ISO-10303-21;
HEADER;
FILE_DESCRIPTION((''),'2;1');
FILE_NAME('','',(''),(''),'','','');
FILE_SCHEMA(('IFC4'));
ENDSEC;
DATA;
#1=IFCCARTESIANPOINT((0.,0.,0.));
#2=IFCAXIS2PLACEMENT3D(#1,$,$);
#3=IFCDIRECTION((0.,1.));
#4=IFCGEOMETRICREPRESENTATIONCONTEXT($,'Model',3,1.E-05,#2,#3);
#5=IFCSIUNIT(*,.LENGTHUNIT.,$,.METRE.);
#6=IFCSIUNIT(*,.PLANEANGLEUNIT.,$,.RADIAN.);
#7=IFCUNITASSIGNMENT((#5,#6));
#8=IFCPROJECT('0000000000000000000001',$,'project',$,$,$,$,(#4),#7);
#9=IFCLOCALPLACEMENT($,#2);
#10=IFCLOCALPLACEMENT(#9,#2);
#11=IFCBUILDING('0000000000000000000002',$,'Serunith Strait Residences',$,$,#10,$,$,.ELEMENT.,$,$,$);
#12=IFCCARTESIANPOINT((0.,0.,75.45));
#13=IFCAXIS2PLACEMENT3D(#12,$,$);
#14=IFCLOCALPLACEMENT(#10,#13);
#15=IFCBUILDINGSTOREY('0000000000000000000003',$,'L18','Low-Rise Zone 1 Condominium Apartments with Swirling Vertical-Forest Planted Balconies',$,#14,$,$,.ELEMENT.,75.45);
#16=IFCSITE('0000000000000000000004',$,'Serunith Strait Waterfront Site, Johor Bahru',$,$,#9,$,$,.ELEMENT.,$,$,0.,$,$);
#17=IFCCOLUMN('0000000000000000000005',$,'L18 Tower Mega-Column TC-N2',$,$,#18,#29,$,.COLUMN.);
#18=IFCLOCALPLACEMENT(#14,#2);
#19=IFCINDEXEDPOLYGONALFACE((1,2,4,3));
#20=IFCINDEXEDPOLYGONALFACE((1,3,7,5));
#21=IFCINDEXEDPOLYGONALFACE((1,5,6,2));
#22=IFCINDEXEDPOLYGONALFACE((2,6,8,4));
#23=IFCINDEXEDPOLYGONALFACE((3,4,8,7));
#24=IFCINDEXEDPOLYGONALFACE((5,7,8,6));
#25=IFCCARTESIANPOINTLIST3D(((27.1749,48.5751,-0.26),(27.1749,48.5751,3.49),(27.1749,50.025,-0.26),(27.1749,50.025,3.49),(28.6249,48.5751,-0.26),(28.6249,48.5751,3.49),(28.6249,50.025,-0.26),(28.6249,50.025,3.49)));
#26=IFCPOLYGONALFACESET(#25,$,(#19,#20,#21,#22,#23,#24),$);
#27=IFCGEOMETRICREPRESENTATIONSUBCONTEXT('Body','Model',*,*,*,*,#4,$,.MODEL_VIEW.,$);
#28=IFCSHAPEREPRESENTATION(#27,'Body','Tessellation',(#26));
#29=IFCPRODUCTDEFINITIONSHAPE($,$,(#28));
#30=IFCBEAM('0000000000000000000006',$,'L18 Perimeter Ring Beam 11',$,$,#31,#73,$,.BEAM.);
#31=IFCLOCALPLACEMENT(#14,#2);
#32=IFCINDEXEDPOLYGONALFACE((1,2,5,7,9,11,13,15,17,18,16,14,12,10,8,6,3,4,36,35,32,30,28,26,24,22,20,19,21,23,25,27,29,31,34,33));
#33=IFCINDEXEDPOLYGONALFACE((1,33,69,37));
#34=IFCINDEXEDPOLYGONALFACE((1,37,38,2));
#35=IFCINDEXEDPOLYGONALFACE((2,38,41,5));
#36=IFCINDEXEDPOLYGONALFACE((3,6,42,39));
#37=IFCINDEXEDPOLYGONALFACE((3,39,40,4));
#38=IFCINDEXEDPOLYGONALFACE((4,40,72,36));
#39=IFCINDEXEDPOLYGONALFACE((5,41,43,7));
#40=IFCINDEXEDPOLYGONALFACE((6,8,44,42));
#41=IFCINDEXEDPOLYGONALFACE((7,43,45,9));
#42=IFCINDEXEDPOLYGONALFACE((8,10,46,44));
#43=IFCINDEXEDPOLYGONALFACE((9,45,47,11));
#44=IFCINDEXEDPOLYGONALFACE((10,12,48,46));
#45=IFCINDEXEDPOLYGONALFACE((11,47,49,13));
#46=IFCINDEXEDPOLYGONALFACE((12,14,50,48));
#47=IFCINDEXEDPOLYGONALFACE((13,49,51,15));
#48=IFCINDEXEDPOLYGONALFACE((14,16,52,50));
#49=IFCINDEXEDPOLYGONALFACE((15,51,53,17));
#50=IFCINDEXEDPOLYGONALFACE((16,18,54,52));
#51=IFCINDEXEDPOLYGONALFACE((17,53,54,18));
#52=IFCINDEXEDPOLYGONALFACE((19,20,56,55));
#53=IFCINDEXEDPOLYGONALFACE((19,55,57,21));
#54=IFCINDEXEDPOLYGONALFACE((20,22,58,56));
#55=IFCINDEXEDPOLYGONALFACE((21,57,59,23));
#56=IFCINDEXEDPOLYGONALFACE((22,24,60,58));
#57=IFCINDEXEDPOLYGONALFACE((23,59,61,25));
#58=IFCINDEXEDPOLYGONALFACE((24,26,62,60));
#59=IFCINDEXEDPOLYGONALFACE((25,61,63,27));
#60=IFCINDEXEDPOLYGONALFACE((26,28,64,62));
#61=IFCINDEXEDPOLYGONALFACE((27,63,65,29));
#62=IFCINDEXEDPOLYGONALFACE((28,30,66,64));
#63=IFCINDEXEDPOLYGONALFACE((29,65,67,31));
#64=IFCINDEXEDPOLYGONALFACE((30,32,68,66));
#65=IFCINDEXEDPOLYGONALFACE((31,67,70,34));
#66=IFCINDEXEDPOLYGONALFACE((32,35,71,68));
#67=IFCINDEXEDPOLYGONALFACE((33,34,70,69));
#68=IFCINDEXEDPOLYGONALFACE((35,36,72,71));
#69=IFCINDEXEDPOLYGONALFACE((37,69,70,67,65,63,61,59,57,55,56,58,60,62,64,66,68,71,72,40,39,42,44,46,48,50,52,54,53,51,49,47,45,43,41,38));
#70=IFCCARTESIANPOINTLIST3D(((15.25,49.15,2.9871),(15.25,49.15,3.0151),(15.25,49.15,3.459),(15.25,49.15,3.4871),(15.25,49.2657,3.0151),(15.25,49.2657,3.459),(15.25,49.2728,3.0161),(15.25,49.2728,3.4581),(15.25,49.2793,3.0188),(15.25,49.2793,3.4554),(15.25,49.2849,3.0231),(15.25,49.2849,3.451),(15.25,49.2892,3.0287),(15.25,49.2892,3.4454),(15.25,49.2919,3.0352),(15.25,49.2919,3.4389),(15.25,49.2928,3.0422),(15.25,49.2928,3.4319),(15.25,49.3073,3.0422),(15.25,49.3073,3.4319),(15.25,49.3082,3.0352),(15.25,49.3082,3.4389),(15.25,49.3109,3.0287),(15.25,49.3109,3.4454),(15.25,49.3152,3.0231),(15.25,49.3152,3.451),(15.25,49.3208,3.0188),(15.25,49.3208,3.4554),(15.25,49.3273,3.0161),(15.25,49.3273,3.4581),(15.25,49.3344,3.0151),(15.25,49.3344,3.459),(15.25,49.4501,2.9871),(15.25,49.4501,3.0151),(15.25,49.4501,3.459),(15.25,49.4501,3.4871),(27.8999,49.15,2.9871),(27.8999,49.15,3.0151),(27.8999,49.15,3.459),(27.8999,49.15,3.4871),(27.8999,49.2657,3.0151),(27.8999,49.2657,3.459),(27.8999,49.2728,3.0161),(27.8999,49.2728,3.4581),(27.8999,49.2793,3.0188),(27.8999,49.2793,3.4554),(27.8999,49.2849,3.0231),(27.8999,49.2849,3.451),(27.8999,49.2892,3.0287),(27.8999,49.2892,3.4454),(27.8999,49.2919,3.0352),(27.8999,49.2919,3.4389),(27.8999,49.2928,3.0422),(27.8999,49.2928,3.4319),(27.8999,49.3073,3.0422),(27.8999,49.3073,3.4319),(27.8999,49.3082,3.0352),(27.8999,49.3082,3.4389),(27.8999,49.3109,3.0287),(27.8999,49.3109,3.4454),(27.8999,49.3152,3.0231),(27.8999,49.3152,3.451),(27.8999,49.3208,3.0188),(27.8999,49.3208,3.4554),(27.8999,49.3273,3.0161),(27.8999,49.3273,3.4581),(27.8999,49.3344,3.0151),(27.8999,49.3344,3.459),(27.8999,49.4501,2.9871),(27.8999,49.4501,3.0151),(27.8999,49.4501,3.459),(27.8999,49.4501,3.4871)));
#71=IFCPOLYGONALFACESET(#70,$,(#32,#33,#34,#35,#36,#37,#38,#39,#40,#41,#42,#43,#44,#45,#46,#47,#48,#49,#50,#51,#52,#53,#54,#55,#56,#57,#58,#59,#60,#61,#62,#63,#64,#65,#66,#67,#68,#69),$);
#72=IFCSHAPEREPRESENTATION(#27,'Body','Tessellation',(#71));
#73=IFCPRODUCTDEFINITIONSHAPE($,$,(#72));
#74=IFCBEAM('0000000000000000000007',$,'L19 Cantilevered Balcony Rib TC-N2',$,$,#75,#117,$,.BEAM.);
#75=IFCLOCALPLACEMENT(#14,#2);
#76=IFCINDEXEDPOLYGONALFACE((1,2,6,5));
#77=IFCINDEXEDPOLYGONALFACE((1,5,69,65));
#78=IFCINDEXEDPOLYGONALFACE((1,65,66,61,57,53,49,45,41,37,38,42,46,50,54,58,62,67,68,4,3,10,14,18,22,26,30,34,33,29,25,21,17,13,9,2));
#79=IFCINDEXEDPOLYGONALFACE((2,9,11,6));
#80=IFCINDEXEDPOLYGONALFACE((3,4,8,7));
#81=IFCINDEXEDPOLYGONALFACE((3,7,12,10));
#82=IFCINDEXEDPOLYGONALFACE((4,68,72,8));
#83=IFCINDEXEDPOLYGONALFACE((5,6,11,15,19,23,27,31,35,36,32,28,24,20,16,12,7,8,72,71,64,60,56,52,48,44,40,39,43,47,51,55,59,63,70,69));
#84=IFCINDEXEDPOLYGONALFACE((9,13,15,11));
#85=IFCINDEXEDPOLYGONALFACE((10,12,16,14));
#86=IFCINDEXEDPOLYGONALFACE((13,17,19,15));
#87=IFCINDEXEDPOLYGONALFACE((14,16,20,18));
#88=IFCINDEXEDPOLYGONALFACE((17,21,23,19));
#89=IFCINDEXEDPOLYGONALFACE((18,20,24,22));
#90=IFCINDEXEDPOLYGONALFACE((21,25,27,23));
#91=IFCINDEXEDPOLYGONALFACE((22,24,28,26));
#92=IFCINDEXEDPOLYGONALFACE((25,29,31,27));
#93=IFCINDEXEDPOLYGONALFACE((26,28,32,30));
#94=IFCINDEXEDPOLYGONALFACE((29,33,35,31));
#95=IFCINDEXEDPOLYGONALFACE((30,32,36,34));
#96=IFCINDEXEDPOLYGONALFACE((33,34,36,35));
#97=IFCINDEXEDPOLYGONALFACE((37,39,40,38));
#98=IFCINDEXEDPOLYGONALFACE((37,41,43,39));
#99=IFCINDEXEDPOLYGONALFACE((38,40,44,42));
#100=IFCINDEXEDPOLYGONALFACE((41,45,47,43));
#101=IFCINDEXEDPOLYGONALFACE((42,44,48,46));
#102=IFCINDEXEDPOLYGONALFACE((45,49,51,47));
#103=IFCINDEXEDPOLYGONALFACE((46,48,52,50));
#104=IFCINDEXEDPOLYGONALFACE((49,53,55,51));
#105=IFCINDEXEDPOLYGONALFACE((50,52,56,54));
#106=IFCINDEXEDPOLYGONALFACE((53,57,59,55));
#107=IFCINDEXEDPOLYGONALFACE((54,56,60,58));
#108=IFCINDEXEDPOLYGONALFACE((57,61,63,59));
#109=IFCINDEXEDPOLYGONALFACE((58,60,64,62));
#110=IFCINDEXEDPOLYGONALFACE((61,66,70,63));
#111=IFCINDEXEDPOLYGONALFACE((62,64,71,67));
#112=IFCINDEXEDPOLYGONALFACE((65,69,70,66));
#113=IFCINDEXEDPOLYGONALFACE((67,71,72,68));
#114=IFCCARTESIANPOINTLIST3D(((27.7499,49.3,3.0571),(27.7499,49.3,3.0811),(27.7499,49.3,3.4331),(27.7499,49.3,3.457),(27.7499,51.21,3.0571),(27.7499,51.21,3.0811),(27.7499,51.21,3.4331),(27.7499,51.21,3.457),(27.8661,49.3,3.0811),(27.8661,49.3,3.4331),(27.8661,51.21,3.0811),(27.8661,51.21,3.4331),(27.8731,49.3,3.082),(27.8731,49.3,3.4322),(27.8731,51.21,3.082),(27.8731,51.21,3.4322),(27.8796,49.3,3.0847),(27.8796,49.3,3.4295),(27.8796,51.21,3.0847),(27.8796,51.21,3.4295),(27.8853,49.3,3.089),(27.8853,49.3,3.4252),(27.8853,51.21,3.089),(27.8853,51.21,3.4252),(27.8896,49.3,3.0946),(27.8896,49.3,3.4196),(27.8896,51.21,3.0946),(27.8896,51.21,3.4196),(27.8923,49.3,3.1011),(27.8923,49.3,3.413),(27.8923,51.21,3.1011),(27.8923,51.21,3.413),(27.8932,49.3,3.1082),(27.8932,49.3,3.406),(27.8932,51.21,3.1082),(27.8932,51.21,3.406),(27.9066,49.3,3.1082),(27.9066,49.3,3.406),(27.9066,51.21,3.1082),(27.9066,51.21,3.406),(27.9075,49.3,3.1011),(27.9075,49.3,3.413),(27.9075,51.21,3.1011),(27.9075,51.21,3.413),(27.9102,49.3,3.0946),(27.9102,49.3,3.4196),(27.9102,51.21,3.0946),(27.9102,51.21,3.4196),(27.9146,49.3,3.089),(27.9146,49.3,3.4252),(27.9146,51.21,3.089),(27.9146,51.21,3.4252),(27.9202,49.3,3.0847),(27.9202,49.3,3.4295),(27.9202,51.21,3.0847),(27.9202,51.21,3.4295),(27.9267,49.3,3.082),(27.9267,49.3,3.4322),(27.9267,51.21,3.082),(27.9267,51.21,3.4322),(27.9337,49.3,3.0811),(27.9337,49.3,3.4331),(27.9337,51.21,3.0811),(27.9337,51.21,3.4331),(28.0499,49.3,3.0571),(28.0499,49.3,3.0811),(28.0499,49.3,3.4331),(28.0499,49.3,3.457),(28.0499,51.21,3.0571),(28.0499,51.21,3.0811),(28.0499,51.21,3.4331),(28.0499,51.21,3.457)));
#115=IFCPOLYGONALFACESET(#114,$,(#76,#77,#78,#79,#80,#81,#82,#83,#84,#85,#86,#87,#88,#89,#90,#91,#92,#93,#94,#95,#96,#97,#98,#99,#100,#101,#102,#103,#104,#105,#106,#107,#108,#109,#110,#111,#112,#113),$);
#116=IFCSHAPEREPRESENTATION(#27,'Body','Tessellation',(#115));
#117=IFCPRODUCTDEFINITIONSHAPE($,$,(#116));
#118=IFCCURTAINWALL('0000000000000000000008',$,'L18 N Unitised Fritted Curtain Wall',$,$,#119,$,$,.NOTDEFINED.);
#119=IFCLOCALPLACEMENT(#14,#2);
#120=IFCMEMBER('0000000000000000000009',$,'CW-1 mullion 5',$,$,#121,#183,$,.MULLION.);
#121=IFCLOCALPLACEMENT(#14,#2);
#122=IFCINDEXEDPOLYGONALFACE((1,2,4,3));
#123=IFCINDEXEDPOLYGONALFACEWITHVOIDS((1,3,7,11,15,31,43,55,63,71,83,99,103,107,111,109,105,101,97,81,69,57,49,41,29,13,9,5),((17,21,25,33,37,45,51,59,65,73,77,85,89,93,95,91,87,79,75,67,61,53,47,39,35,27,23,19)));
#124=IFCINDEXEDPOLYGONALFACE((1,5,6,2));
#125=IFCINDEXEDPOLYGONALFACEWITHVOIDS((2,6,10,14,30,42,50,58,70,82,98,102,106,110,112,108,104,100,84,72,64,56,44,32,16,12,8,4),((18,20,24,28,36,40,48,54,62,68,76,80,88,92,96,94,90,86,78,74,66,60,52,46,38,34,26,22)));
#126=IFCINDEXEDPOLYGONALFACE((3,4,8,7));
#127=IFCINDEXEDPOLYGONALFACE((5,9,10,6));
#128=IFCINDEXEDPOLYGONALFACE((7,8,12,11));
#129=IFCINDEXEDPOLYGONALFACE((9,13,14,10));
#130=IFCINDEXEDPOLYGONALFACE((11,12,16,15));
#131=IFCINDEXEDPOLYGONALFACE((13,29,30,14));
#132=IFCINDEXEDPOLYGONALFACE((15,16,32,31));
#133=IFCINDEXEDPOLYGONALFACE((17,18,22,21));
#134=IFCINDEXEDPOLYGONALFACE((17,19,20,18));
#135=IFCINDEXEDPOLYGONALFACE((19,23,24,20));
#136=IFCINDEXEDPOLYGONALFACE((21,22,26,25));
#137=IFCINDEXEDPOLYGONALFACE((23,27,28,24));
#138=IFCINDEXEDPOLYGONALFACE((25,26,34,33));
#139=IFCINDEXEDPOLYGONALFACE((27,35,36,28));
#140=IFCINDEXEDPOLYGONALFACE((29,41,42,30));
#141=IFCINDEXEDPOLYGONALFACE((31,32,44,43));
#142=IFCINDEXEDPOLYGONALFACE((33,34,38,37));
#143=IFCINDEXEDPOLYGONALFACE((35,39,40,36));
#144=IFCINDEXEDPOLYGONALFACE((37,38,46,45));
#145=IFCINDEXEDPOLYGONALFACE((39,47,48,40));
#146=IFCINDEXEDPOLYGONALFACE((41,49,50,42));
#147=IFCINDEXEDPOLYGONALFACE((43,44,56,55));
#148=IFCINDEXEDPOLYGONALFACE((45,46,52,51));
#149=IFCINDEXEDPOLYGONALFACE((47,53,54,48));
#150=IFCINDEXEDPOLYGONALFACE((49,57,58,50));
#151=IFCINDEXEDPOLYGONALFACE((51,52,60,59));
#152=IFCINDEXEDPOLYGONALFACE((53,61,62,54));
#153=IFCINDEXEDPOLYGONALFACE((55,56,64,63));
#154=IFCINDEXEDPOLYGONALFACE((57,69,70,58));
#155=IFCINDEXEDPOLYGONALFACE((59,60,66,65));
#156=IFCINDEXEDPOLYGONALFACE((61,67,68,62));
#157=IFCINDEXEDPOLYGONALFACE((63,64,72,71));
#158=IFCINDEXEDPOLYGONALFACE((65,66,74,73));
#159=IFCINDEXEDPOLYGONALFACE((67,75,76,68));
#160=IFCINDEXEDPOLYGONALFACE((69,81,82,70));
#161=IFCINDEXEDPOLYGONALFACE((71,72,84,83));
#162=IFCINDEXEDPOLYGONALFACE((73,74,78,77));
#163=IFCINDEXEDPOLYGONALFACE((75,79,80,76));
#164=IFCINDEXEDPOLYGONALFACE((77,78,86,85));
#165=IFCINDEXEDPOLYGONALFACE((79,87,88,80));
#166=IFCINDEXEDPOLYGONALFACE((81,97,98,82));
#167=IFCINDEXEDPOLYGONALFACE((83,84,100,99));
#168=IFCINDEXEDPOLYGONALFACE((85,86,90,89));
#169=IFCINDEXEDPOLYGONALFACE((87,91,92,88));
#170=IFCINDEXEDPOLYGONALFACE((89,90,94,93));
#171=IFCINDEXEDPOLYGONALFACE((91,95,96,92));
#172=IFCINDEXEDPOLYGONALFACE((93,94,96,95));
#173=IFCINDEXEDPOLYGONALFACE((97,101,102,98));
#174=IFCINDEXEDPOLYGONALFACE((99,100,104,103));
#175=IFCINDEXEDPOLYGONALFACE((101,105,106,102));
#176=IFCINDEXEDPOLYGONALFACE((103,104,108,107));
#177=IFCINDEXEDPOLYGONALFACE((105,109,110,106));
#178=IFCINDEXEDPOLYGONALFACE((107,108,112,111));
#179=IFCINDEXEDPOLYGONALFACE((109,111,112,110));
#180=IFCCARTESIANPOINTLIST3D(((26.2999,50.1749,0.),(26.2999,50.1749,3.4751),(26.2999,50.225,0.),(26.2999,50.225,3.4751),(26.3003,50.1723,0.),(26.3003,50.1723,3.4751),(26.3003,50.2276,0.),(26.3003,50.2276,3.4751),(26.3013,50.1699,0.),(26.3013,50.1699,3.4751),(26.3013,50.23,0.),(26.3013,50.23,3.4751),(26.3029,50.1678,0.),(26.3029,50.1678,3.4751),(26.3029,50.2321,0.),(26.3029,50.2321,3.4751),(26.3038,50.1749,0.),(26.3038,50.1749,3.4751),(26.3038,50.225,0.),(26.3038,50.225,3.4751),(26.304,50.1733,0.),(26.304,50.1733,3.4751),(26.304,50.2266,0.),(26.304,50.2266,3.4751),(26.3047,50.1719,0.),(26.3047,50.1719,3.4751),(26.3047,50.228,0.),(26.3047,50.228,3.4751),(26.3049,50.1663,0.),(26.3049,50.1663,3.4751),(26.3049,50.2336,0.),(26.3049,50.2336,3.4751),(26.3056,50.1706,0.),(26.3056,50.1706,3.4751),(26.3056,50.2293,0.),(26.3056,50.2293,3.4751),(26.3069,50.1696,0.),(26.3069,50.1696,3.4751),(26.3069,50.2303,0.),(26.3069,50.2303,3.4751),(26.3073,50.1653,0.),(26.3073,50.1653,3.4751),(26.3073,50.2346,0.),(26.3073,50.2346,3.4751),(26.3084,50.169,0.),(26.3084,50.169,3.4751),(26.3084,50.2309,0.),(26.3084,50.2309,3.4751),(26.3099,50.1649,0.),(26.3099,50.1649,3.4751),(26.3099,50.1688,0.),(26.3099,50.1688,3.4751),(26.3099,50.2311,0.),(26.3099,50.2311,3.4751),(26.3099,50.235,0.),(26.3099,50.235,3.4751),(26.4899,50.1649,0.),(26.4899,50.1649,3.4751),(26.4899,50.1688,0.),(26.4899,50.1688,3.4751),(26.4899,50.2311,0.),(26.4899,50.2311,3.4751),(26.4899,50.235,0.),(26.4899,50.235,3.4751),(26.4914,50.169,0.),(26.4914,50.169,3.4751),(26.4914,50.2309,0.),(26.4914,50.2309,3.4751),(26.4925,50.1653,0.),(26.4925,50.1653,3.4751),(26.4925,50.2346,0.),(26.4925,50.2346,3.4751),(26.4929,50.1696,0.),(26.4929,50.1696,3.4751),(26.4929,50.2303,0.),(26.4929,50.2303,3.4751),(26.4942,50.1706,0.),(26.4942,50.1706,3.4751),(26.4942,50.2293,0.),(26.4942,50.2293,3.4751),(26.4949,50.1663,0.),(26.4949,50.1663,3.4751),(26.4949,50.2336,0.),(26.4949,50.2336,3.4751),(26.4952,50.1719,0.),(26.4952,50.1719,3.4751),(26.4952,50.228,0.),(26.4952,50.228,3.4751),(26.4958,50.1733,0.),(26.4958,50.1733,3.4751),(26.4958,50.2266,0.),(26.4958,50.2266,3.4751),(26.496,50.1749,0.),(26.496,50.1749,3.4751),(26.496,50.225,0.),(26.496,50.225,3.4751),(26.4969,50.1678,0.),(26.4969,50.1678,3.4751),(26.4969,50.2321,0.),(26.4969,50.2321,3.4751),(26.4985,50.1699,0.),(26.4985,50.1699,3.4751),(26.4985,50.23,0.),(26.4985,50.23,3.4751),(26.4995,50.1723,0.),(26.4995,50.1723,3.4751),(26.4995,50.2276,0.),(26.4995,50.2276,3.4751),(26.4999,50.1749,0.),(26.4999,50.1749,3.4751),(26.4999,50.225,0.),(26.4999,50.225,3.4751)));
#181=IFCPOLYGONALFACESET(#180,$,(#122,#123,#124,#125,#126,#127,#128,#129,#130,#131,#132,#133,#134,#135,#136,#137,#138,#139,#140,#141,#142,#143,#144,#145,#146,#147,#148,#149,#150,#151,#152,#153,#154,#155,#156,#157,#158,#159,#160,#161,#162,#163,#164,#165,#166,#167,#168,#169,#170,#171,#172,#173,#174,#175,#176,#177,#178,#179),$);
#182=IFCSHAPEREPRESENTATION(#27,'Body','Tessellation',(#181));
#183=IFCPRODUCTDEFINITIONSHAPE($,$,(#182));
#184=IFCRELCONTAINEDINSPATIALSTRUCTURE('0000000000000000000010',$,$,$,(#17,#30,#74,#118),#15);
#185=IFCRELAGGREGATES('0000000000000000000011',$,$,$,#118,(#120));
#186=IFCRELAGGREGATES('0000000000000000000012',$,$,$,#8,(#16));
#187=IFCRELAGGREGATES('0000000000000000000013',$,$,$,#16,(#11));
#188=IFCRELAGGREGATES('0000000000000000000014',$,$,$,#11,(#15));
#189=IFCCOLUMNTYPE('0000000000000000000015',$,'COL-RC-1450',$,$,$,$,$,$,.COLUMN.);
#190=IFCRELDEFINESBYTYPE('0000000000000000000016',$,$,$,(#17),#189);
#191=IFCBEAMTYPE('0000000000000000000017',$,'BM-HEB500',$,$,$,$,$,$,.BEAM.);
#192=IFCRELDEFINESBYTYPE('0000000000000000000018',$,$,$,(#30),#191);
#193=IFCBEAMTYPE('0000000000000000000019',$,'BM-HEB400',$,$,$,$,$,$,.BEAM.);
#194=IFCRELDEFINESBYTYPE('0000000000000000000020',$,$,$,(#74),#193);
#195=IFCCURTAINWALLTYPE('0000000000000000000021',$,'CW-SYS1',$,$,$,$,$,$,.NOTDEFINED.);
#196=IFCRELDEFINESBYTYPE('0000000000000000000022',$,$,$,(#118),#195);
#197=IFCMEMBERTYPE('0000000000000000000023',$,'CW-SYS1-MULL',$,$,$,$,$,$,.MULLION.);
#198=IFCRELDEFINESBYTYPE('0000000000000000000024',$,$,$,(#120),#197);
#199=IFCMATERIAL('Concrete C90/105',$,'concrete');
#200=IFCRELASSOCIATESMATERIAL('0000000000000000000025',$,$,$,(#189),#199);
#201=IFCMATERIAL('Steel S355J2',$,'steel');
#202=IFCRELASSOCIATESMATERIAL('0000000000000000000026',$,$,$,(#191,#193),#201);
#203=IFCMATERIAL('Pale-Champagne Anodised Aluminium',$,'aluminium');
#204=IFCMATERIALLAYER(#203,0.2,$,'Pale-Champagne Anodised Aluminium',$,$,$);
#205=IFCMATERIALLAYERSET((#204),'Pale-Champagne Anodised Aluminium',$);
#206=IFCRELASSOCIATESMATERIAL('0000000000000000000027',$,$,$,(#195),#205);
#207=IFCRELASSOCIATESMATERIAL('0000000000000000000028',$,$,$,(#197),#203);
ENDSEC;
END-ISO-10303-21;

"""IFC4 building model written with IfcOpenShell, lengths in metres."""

from ifc_helpers import new_model, si_unit, direction, frame, origin, origin_2d, place, context, subcontext, project, spatial, rectangle, hollow_rectangle, i_section, extrude, source, transform, mapped, material, layer, layer_set, material_profile, profile_set, type_object, element, aggregate, save


model = new_model("IFC4")

# Units and contexts
model_context = context("Model", 3, precision=1e-05, world=origin(), true_north=direction((0.0, 1.0)))
body_context = subcontext(model_context, "Body", "Model", "MODEL_VIEW")
ifc_project = project(units=[si_unit("LENGTHUNIT", "METRE"), si_unit("PLANEANGLEUNIT", "RADIAN")], contexts=[model_context])

# Site, building, storey
site_placement = place(None, origin())
site = spatial("IfcSite", under=ifc_project, at=site_placement, Name="Serunith Strait Waterfront Site, Johor Bahru", CompositionType="ELEMENT", RefElevation=0.0)
building_placement = place(site_placement, origin())
building = spatial("IfcBuilding", under=site, at=building_placement, Name="Serunith Strait Residences", CompositionType="ELEMENT")
storey_placement = place(building_placement, frame((0.0, 0.0, 75.45)))
storey = spatial("IfcBuildingStorey", under=building, at=storey_placement, Name="L18", Description="Low-Rise Zone 1 Condominium Apartments with Swirling Vertical-Forest Planted Balconies", CompositionType="ELEMENT", Elevation=75.45)

# Column
ifc_material_1 = material(Name="Concrete C90/105", Category="concrete")
ifc_material_profile_1 = material_profile(ifc_material_1, rectangle(XDim=1.45, YDim=1.45, at=origin_2d()), Name="RC 1450x1450")
ifc_profile_set_1 = profile_set([ifc_material_profile_1], Name="Concrete C90/105")
column_type = type_object("IfcColumnType", Name="COL-RC-1450", PredefinedType="COLUMN", material=ifc_profile_set_1)
shared_shape_1 = source(origin(), body_context, "Body", "SweptSolid", [
    extrude(rectangle(XDim=1.45, YDim=1.45, at=origin_2d()), origin(), (0.0, 0.0, 1.0), 3.75),
])
column_placement = place(storey_placement, frame((27.8999, 49.3, -0.26), z_axis=(0.0, 0.0, 1.0), x_axis=(1.0, 0.0, 0.0)))
element("IfcColumn", 1, at=column_placement, inside=storey, type_object=column_type, Name="L18 Tower Mega-Column TC-N2", PredefinedType="COLUMN", context=body_context, shape_type="MappedRepresentation", body=[
    mapped(shared_shape_1, transform((0.0, 0.0, 0.0), scale=1.0)),
])

# Beams
ifc_material_2 = material(Name="Steel S355J2", Category="steel")
ifc_material_profile_2 = material_profile(ifc_material_2, i_section(OverallWidth=0.3, OverallDepth=0.5, WebThickness=0.0144, FlangeThickness=0.0281, FilletRadius=0.0271, at=origin_2d()), Name="HEB 500")
ifc_profile_set_2 = profile_set([ifc_material_profile_2], Name="Steel S355J2")
beam_type_1 = type_object("IfcBeamType", Name="BM-HEB500", PredefinedType="BEAM", material=ifc_profile_set_2)
shared_shape_2 = source(origin(), body_context, "Body", "SweptSolid", [
    extrude(i_section(OverallWidth=0.3, OverallDepth=0.5, WebThickness=0.0144, FlangeThickness=0.0281, FilletRadius=0.0271, at=origin_2d()), origin(), (0.0, 0.0, 1.0), 12.6499),
])
beam_1_placement = place(storey_placement, frame((27.8999, 49.3, 3.2371), z_axis=(-1.0, 0.0, 0.0), x_axis=(0.0, -1.0, 0.0)))
element("IfcBeam", 2, at=beam_1_placement, inside=storey, type_object=beam_type_1, Name="L18 Perimeter Ring Beam 11", PredefinedType="BEAM", context=body_context, shape_type="MappedRepresentation", body=[
    mapped(shared_shape_2, transform((0.0, 0.0, 0.0), scale=1.0)),
])
ifc_material_profile_3 = material_profile(ifc_material_2, i_section(OverallWidth=0.3, OverallDepth=0.3999, WebThickness=0.0134, FlangeThickness=0.0239, FilletRadius=0.0271, at=origin_2d()), Name="HEB 400")
ifc_profile_set_3 = profile_set([ifc_material_profile_3], Name="Steel S355J2")
beam_type_2 = type_object("IfcBeamType", Name="BM-HEB400", PredefinedType="BEAM", material=ifc_profile_set_3)
shared_shape_3 = source(origin(), body_context, "Body", "SweptSolid", [
    extrude(i_section(OverallWidth=0.3, OverallDepth=0.3999, WebThickness=0.0134, FlangeThickness=0.0239, FilletRadius=0.0271, at=origin_2d()), origin(), (0.0, 0.0, 1.0), 1.9099),
])
beam_2_placement = place(storey_placement, frame((27.8999, 49.3, 3.2571), z_axis=(0.0, 1.0, 0.0), x_axis=(-1.0, 0.0, 0.0)))
element("IfcBeam", 3, at=beam_2_placement, inside=storey, type_object=beam_type_2, Name="L19 Cantilevered Balcony Rib TC-N2", PredefinedType="BEAM", context=body_context, shape_type="MappedRepresentation", body=[
    mapped(shared_shape_3, transform((0.0, 0.0, 0.0), scale=1.0)),
])

# Curtain wall, member
ifc_material_3 = material(Name="Pale-Champagne Anodised Aluminium", Category="aluminium")
ifc_layer_1 = layer(ifc_material_3, 0.2, Name="Pale-Champagne Anodised Aluminium")
ifc_layer_set_1 = layer_set([ifc_layer_1], Name="Pale-Champagne Anodised Aluminium")
curtain_wall_type = type_object("IfcCurtainWallType", Name="CW-SYS1", PredefinedType="NOTDEFINED", material=ifc_layer_set_1)
curtain_wall_placement = place(storey_placement, origin())
curtain_wall = element("IfcCurtainWall", 4, at=curtain_wall_placement, inside=storey, type_object=curtain_wall_type, Name="L18 N Unitised Fritted Curtain Wall", PredefinedType="NOTDEFINED")
ifc_material_profile_4 = material_profile(ifc_material_3, hollow_rectangle(XDim=0.0701, YDim=0.2, WallThickness=0.0039, InnerFilletRadius=0.0061, OuterFilletRadius=0.01, at=origin_2d()), Name="ALU 200x70x4")
ifc_profile_set_4 = profile_set([ifc_material_profile_4], Name="Pale-Champagne Anodised Aluminium")
member_type_1 = type_object("IfcMemberType", Name="CW-SYS1-MULL", PredefinedType="MULLION", material=ifc_profile_set_4)
shared_shape_4 = source(origin(), body_context, "Body", "SweptSolid", [
    extrude(hollow_rectangle(XDim=0.0701, YDim=0.2, WallThickness=0.0039, InnerFilletRadius=0.0061, OuterFilletRadius=0.01, at=origin_2d()), origin(), (0.0, 0.0, 1.0), 3.4751),
])
member_1_placement = place(storey_placement, frame((26.3999, 50.2, 0.0), z_axis=(0.0, 0.0, 1.0), x_axis=(0.0, -1.0, 0.0)))
member_1 = element("IfcMember", 5, at=member_1_placement, type_object=member_type_1, Name="CW-1 mullion 5", PredefinedType="MULLION", context=body_context, shape_type="MappedRepresentation", body=[
    mapped(shared_shape_4, transform((0.0, 0.0, 0.0), scale=1.0)),
])
aggregate(curtain_wall, [member_1])

save(model, "model.ifc")
